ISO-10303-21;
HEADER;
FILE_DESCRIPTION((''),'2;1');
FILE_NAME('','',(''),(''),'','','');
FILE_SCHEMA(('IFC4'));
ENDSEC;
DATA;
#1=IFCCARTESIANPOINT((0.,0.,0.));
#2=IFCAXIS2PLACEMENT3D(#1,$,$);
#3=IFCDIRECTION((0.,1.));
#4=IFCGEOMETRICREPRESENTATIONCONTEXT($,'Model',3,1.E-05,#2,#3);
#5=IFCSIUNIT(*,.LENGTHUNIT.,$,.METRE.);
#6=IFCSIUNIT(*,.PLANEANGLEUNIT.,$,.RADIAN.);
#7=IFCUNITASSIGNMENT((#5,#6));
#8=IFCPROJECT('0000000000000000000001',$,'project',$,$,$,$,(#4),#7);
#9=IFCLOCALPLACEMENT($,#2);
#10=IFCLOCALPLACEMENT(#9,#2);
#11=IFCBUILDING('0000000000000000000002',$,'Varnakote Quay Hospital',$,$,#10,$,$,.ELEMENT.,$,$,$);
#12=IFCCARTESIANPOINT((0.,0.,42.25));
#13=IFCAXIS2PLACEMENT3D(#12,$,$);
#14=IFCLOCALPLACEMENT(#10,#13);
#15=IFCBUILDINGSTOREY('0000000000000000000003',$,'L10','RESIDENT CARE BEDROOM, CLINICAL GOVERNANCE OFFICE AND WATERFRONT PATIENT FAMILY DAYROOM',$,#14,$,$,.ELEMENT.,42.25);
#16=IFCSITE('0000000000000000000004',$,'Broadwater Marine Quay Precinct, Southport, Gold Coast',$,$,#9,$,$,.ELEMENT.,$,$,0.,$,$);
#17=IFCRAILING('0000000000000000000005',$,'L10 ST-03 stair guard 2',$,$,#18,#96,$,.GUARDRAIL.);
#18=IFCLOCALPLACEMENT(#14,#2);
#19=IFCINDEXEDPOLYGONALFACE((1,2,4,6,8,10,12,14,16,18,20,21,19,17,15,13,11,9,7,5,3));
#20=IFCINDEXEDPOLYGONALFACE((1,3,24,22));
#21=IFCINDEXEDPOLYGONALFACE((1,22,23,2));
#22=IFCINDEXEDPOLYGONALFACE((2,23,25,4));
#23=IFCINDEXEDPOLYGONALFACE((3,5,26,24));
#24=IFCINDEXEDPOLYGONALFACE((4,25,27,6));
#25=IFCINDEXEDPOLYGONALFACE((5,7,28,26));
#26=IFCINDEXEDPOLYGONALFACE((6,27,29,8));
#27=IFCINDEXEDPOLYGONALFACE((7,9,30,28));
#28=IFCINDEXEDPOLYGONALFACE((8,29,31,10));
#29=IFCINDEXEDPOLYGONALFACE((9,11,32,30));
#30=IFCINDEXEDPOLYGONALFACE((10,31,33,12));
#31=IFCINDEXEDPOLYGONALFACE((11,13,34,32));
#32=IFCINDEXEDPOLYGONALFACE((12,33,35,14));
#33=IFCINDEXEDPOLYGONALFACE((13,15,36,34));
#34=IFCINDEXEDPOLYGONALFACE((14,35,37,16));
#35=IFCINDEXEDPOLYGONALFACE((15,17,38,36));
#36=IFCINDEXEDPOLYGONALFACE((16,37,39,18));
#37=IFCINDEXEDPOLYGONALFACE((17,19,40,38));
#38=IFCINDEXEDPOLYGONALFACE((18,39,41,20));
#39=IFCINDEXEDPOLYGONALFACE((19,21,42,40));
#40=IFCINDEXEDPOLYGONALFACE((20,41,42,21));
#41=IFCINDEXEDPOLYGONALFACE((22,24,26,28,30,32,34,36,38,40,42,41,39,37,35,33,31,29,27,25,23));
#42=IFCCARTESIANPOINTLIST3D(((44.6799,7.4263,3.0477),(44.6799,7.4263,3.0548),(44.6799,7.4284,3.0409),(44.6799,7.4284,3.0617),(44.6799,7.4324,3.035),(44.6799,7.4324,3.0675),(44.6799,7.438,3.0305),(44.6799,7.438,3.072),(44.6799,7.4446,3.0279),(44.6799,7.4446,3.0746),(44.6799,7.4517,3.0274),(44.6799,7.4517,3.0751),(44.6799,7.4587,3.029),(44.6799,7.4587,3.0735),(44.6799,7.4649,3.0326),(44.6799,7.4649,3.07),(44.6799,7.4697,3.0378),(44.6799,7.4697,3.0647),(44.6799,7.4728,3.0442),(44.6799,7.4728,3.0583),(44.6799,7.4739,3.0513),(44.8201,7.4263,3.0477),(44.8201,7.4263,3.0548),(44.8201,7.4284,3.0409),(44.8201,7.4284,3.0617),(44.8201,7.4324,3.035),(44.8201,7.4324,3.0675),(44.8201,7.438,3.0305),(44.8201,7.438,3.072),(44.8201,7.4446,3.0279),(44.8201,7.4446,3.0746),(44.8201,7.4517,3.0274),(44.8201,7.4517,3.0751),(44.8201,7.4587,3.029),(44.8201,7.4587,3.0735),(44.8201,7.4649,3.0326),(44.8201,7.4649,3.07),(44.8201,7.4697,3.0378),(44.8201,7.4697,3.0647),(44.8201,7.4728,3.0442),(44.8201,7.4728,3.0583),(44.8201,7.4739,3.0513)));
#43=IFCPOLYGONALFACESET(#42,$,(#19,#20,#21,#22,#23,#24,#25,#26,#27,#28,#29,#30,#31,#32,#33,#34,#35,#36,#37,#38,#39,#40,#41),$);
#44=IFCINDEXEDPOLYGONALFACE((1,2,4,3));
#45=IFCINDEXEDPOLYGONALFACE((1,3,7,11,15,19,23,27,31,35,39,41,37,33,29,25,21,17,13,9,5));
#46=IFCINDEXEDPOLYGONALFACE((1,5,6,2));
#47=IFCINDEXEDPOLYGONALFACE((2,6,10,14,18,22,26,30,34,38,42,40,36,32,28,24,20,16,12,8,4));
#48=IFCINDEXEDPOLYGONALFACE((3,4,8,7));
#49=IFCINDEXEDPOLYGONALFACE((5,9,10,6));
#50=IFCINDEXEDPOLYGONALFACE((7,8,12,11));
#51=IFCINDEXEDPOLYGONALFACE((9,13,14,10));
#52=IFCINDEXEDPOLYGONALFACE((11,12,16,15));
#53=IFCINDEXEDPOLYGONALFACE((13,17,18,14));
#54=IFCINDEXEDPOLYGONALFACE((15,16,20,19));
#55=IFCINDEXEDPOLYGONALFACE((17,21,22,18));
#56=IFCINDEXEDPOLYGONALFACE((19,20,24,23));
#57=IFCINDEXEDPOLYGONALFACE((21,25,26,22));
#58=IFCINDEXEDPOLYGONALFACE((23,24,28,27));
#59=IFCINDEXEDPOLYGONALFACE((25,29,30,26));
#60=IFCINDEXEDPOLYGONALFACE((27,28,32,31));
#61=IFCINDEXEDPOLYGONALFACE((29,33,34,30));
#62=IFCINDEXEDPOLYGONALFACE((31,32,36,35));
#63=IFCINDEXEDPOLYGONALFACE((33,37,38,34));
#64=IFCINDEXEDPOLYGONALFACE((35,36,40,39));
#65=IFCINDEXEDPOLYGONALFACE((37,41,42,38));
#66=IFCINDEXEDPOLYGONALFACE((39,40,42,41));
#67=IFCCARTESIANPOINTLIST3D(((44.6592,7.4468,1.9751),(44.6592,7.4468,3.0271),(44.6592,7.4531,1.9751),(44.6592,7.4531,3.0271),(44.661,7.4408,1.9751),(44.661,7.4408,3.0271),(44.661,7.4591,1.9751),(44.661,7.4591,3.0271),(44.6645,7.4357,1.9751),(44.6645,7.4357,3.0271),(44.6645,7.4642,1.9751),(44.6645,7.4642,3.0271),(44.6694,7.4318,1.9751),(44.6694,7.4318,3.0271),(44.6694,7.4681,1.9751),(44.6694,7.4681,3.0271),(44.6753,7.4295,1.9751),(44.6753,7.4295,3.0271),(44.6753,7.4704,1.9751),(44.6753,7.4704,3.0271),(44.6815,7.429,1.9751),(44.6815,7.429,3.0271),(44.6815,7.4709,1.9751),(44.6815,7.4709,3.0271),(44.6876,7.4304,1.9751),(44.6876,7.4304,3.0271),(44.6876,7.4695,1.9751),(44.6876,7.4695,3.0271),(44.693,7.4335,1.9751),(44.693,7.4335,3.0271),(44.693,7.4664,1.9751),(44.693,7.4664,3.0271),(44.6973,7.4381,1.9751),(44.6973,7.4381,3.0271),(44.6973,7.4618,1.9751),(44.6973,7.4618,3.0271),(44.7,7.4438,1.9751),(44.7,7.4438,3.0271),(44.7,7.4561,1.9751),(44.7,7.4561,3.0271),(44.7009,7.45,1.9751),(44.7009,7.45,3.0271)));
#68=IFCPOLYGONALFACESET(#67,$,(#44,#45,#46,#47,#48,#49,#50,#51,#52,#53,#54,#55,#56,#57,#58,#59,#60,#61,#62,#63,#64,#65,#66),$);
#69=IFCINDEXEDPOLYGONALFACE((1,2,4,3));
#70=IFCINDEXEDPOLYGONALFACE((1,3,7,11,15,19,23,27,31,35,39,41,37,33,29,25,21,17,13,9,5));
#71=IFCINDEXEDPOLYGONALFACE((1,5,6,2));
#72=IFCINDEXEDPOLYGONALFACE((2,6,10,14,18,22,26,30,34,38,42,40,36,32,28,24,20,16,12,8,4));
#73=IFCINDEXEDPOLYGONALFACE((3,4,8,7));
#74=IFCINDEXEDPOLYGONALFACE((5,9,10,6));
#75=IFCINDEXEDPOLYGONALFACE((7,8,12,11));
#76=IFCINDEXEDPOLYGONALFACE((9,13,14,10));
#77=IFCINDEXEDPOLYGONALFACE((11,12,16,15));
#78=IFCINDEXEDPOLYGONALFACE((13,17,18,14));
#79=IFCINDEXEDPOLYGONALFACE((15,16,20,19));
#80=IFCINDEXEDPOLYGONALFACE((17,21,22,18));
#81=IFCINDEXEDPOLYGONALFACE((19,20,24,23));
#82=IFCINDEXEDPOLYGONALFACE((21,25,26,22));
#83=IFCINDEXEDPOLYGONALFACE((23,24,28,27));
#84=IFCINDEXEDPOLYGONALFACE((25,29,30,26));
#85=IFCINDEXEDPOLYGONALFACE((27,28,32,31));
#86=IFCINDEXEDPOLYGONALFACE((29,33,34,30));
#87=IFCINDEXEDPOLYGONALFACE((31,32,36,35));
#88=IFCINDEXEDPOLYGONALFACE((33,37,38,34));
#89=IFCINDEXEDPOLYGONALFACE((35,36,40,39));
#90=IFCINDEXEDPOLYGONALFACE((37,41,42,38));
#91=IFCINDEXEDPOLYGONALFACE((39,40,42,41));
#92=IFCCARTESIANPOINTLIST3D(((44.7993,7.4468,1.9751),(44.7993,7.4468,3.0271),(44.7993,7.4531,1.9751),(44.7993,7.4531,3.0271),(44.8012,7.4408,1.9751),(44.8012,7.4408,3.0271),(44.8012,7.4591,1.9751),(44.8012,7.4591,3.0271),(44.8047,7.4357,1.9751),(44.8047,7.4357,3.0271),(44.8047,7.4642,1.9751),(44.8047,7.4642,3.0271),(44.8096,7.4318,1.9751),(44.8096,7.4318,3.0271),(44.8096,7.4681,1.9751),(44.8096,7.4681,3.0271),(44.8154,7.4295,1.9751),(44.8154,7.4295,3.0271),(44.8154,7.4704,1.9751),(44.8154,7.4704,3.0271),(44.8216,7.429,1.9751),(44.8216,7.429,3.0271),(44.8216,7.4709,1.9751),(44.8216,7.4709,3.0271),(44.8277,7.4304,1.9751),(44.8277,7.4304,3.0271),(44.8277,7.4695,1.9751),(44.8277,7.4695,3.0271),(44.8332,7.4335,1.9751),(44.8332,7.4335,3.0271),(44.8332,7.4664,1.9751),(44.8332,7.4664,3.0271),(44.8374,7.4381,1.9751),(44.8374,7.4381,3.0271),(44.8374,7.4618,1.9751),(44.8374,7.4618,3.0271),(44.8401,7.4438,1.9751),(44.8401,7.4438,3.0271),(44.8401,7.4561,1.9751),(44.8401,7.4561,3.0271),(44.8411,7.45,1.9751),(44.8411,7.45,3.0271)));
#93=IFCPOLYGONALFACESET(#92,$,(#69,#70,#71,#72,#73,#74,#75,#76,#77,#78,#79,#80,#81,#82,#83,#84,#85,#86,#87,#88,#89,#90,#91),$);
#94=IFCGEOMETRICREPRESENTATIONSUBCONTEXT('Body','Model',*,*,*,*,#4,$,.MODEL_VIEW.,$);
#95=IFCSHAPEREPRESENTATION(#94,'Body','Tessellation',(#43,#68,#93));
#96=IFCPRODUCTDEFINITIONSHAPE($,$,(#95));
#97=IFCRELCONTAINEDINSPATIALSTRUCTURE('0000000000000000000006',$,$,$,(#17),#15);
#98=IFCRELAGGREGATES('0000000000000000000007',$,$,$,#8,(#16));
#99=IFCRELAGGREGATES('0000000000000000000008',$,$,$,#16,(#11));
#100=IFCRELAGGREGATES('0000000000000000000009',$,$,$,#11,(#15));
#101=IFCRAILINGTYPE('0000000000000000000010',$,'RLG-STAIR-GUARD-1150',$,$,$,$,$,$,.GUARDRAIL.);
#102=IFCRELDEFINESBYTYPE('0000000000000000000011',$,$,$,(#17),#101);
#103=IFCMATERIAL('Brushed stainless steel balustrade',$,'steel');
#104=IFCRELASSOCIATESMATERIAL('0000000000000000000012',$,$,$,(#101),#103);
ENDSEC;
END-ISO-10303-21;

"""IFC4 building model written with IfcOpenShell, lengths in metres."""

from ifc_helpers import new_model, si_unit, direction, frame, origin, origin_2d, place, context, subcontext, project, spatial, circle, extrude, material, type_object, element, save


model = new_model("IFC4")

# Units and contexts
model_context = context("Model", 3, precision=1e-05, world=origin(), true_north=direction((0.0, 1.0)))
body_context = subcontext(model_context, "Body", "Model", "MODEL_VIEW")
ifc_project = project(units=[si_unit("LENGTHUNIT", "METRE"), si_unit("PLANEANGLEUNIT", "RADIAN")], contexts=[model_context])

# Site, building, storey
site_placement = place(None, origin())
site = spatial("IfcSite", under=ifc_project, at=site_placement, Name="Broadwater Marine Quay Precinct, Southport, Gold Coast", CompositionType="ELEMENT", RefElevation=0.0)
building_placement = place(site_placement, origin())
building = spatial("IfcBuilding", under=site, at=building_placement, Name="Varnakote Quay Hospital", CompositionType="ELEMENT")
storey_placement = place(building_placement, frame((0.0, 0.0, 42.25)))
storey = spatial("IfcBuildingStorey", under=building, at=storey_placement, Name="L10", Description="RESIDENT CARE BEDROOM, CLINICAL GOVERNANCE OFFICE AND WATERFRONT PATIENT FAMILY DAYROOM", CompositionType="ELEMENT", Elevation=42.25)

# Railing
ifc_material_1 = material(Name="Brushed stainless steel balustrade", Category="steel")
railing_type_1 = type_object("IfcRailingType", Name="RLG-STAIR-GUARD-1150", PredefinedType="GUARDRAIL", material=ifc_material_1)
railing_1_placement = place(storey_placement, frame((44.6799, 7.45, 1.9751)))
element("IfcRailing", 1, at=railing_1_placement, inside=storey, type_object=railing_type_1, Name="L10 ST-03 stair guard 2", PredefinedType="GUARDRAIL", context=body_context, shape_type="SweptSolid", body=[
    extrude(circle(Radius=0.0239, at=origin_2d()), frame((0.0, 0.0, 1.0762), z_axis=(1.0, 0.0, 0.0), x_axis=(0.0, 1.0, 0.0)), (0.0, 0.0, 1.0), 0.1401),
    extrude(circle(Radius=0.021, at=origin_2d()), origin(), (0.0, 0.0, 1.0), 1.052),
    extrude(circle(Radius=0.021, at=origin_2d()), frame((0.1401, 0.0, 0.0)), (0.0, 0.0, 1.0), 1.052),
])

save(model, "model.ifc")
